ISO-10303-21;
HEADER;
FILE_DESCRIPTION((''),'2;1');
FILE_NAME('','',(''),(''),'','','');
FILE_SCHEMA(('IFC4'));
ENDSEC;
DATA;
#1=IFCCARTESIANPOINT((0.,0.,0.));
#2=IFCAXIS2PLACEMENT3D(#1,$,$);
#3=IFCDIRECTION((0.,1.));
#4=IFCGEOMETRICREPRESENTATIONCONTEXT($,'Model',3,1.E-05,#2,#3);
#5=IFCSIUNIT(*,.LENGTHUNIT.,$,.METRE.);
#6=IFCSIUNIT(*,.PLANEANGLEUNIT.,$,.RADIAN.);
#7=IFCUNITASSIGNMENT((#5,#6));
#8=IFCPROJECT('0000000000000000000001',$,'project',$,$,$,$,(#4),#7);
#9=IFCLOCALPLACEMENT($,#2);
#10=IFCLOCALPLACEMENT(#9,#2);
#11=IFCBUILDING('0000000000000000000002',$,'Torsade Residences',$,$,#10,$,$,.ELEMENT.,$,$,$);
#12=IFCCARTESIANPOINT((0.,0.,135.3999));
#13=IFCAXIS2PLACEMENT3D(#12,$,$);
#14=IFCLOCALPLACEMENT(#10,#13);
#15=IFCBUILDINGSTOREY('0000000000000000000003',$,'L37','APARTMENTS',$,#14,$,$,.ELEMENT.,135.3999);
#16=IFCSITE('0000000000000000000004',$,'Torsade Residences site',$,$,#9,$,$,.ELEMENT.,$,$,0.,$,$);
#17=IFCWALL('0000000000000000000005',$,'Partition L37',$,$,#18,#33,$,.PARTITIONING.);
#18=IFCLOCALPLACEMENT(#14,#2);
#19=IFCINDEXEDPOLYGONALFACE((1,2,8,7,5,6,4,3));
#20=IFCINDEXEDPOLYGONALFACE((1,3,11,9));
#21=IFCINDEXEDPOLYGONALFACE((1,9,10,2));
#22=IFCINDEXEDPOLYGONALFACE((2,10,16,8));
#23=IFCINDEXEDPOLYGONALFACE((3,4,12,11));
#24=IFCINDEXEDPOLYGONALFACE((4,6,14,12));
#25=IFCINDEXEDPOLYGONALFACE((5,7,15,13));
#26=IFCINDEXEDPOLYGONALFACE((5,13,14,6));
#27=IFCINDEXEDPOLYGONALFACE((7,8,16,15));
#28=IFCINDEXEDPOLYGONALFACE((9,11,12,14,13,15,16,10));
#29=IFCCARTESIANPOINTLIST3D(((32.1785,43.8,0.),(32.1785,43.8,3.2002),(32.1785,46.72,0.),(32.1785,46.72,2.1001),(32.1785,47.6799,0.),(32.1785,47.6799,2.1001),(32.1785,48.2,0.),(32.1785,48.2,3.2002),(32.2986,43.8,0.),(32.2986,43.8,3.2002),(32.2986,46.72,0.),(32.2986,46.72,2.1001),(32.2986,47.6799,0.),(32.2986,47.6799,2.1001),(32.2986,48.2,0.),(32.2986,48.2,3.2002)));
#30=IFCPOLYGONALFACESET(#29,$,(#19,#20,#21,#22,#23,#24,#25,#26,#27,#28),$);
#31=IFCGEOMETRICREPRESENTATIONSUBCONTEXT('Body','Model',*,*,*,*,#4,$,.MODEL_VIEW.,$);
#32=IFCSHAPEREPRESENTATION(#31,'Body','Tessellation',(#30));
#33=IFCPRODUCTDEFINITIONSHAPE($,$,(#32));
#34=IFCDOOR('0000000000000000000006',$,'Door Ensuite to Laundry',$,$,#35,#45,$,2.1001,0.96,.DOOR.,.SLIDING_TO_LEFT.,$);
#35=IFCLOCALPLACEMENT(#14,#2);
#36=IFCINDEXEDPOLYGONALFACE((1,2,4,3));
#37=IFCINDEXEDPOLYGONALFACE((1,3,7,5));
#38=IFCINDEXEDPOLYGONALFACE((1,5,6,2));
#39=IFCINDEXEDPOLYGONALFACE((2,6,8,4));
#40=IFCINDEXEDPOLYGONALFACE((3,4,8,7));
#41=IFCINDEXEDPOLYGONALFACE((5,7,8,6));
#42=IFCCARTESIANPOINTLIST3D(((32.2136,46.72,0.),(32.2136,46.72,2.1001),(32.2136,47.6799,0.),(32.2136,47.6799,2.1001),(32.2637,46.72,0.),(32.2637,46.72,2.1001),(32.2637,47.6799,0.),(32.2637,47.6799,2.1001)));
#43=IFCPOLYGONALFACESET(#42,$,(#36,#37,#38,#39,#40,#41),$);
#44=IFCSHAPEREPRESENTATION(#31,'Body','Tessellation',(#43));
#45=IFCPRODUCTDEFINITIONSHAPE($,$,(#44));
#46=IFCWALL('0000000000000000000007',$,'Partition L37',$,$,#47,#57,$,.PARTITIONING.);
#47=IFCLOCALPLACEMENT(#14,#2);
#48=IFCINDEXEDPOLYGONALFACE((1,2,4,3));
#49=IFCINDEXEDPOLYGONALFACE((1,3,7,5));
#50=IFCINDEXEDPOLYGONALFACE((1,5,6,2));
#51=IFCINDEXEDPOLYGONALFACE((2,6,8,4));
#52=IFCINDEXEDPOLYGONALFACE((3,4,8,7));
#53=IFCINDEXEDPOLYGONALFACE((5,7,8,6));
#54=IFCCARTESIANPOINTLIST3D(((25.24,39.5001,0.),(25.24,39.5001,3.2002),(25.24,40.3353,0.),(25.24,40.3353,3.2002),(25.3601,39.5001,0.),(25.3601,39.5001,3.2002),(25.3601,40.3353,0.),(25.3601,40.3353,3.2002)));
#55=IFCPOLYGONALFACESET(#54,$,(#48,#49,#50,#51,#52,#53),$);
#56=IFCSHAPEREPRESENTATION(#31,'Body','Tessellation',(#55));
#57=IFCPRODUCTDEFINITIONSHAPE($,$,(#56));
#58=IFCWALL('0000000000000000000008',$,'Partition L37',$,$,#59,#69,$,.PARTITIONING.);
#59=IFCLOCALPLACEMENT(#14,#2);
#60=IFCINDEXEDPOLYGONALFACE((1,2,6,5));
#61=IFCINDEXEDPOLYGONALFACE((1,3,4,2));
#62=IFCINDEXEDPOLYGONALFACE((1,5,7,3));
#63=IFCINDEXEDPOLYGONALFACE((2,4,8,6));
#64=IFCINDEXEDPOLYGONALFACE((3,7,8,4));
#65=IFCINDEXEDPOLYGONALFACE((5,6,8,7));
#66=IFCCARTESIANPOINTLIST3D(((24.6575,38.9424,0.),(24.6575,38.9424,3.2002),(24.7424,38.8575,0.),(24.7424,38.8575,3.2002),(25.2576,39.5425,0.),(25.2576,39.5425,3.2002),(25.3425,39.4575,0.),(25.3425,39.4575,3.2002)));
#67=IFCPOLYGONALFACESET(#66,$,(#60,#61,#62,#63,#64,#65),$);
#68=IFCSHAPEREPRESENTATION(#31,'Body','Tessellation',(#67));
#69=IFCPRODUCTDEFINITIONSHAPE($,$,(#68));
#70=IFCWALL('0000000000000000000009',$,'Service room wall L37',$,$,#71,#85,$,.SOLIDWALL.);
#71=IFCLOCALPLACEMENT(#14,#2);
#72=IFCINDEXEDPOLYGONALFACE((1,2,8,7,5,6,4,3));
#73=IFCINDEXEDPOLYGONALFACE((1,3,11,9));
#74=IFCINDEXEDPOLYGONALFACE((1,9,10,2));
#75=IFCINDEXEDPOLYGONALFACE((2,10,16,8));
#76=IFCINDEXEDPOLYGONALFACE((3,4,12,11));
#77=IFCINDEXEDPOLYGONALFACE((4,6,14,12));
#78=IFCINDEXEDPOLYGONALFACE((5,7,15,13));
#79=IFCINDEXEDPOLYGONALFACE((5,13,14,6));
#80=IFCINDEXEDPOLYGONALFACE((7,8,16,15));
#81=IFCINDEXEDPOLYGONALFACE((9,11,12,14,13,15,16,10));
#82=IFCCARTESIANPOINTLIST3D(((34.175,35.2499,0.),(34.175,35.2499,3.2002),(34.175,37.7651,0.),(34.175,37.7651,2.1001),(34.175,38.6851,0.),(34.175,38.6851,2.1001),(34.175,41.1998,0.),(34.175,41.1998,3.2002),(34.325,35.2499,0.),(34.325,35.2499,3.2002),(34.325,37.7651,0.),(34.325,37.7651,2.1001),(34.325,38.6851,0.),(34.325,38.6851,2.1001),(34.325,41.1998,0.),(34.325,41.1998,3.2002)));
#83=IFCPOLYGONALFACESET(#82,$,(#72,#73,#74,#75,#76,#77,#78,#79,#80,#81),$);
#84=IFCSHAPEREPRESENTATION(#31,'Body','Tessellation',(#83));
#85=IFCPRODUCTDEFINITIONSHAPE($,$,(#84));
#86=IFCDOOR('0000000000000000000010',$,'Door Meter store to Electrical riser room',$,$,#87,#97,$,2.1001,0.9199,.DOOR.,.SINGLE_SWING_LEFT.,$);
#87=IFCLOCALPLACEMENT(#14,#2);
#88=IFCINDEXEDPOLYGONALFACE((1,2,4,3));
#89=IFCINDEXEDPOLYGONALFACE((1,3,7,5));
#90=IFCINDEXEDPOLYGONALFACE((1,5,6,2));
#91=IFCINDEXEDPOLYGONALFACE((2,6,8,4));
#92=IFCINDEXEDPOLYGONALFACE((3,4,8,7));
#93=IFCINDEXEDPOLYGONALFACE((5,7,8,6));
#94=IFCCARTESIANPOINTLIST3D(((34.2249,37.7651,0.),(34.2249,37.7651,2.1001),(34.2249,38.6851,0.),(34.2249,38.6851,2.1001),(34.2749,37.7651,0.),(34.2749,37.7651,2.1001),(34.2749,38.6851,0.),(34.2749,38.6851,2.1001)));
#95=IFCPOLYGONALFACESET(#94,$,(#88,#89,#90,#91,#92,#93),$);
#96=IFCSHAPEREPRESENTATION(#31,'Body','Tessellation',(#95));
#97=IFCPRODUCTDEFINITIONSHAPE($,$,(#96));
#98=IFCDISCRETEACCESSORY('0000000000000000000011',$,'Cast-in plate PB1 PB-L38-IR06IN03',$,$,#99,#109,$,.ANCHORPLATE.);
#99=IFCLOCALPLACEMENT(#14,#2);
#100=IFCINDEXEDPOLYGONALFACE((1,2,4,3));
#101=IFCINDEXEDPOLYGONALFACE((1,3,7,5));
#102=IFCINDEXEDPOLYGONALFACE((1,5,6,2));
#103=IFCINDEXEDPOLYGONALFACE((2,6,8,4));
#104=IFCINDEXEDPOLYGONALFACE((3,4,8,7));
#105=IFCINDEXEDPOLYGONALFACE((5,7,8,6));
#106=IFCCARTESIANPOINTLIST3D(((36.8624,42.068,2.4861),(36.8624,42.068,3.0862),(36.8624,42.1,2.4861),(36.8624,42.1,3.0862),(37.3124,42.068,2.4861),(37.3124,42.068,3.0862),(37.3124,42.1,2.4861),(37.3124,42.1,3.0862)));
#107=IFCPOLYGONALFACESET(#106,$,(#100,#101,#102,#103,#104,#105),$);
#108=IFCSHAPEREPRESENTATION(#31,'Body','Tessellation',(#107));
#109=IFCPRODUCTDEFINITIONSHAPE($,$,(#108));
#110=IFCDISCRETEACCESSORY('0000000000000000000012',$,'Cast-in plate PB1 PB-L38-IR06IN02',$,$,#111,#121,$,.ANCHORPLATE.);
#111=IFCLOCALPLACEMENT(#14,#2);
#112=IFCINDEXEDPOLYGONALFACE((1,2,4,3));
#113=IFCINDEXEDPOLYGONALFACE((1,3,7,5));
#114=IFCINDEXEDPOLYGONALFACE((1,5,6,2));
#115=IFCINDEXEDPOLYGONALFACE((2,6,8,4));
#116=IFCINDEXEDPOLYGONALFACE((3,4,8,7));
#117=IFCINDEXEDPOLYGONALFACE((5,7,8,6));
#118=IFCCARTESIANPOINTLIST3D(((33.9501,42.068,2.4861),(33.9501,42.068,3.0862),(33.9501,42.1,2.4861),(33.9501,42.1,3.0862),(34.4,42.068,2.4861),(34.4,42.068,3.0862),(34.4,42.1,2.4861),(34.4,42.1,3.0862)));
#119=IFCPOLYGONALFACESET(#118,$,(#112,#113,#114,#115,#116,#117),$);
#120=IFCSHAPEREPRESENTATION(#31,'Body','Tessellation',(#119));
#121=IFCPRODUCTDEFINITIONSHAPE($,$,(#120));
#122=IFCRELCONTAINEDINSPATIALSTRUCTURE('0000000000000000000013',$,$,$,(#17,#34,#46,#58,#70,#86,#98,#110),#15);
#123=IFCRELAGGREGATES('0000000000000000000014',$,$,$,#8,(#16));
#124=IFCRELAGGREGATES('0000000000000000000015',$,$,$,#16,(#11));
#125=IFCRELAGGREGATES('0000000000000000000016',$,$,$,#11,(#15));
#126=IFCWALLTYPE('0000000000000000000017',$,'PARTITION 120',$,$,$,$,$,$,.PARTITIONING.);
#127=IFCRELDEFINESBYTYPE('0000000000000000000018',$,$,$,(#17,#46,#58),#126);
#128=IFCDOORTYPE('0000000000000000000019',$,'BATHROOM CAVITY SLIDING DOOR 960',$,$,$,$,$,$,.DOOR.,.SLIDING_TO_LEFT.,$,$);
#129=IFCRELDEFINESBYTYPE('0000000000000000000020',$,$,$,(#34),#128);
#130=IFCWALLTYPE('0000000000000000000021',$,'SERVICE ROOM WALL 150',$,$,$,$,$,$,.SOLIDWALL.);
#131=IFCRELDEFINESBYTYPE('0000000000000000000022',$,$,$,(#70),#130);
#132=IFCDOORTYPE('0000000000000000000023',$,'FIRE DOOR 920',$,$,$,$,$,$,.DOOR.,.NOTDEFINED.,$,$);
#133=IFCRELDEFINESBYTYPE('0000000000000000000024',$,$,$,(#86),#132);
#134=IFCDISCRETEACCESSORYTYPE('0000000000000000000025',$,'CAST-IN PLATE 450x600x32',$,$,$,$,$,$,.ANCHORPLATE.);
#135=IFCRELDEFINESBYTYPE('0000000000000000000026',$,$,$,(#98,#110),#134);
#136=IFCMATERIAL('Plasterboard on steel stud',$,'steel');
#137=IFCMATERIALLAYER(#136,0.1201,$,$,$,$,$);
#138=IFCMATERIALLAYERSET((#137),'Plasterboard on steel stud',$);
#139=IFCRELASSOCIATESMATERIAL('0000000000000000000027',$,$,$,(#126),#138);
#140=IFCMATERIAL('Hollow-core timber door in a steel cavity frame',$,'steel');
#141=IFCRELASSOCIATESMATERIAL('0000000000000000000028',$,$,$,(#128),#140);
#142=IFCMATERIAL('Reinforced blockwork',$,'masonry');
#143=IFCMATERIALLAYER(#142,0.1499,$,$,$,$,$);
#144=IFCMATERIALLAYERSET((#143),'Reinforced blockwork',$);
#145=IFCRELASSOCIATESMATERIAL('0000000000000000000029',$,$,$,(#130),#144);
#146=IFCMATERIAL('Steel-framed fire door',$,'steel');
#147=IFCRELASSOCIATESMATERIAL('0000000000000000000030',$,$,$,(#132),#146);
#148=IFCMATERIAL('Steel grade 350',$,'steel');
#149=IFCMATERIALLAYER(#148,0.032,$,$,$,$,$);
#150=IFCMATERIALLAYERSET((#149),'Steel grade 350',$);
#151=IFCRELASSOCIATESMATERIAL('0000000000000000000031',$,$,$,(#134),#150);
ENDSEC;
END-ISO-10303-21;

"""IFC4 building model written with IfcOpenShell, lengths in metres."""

from ifc_helpers import new_model, si_unit, direction, frame, frame_2d, origin, origin_2d, place, context, subcontext, project, spatial, rectangle, extrude, material, layer, layer_set, type_object, element, fill, save


model = new_model("IFC4")

# Units and contexts
model_context = context("Model", 3, precision=1e-05, world=origin(), true_north=direction((0.0, 1.0)))
body_context = subcontext(model_context, "Body", "Model", "MODEL_VIEW")
ifc_project = project(units=[si_unit("LENGTHUNIT", "METRE"), si_unit("PLANEANGLEUNIT", "RADIAN")], contexts=[model_context])

# Site, building, storey
site_placement = place(None, origin())
site = spatial("IfcSite", under=ifc_project, at=site_placement, Name="Torsade Residences site", CompositionType="ELEMENT", RefElevation=0.0)
building_placement = place(site_placement, origin())
building = spatial("IfcBuilding", under=site, at=building_placement, Name="Torsade Residences", CompositionType="ELEMENT")
storey_placement = place(building_placement, frame((0.0, 0.0, 135.3999)))
storey = spatial("IfcBuildingStorey", under=building, at=storey_placement, Name="L37", Description="APARTMENTS", CompositionType="ELEMENT", Elevation=135.3999)

# Wall, opening, door
ifc_material_1 = material(Name="Plasterboard on steel stud", Category="steel")
ifc_layer_1 = layer(ifc_material_1, 0.1201)
ifc_layer_set_1 = layer_set([ifc_layer_1], Name="Plasterboard on steel stud")
wall_type_1 = type_object("IfcWallType", Name="PARTITION 120", PredefinedType="PARTITIONING", material=ifc_layer_set_1)
ifc_material_2 = material(Name="Hollow-core timber door in a steel cavity frame", Category="steel")
door_type_1 = type_object("IfcDoorType", Name="BATHROOM CAVITY SLIDING DOOR 960", OperationType="SLIDING_TO_LEFT", PredefinedType="DOOR", material=ifc_material_2)
wall_1_placement = place(storey_placement, frame((32.2385, 43.8, 0.0), z_axis=(0.0, 0.0, 1.0), x_axis=(0.0, 1.0, 0.0)))
wall_1 = element("IfcWall", 1, at=wall_1_placement, inside=storey, type_object=wall_type_1, Name="Partition L37", PredefinedType="PARTITIONING", context=body_context, shape_type="SweptSolid", body=[
    extrude(rectangle(XDim=4.3999, YDim=0.1201, at=frame_2d((2.2, 0.0))), origin(), (0.0, 0.0, 1.0), 3.2002),
])
opening_1_placement = place(wall_1_placement, frame((2.9199, 0.0, 0.0)))
opening_1 = element("IfcOpeningElement", 2, at=opening_1_placement, cuts=wall_1, PredefinedType="OPENING", context=body_context, shape_type="SweptSolid", body=[
    extrude(rectangle(XDim=0.96, YDim=2.1001, at=frame_2d((0.48, 1.05))), frame((0.0, 0.0701, 0.0), z_axis=(0.0, -1.0, 0.0), x_axis=(1.0, 0.0, 0.0)), (0.0, 0.0, 1.0), 0.1401),
])
door_1_placement = place(opening_1_placement, origin())
door_1 = element("IfcDoor", 3, at=door_1_placement, inside=storey, type_object=door_type_1, Name="Door Ensuite to Laundry", OperationType="SLIDING_TO_LEFT", OverallHeight=2.1001, OverallWidth=0.96, PredefinedType="DOOR", context=body_context, shape_type="SweptSolid", body=[
    extrude(rectangle(XDim=0.96, YDim=2.1001, at=frame_2d((0.48, 1.05))), frame((0.0, 0.0249, 0.0), z_axis=(0.0, -1.0, 0.0), x_axis=(1.0, 0.0, 0.0)), (0.0, 0.0, 1.0), 0.05),
])
fill(opening_1, door_1)

# Walls
wall_2_placement = place(storey_placement, frame((25.3, 40.3352, 0.0), z_axis=(0.0, 0.0, 1.0), x_axis=(0.0, -1.0, 0.0)))
element("IfcWall", 4, at=wall_2_placement, inside=storey, type_object=wall_type_1, Name="Partition L37", PredefinedType="PARTITIONING", context=body_context, shape_type="SweptSolid", body=[
    extrude(rectangle(XDim=0.8352, YDim=0.1201, at=frame_2d((0.4175, 0.0))), origin(), (0.0, 0.0, 1.0), 3.2002),
])
wall_3_placement = place(storey_placement, frame((25.3, 39.5, 0.0), z_axis=(0.0, 0.0, 1.0), x_axis=(-0.707107, -0.707107, 0.0)))
element("IfcWall", 5, at=wall_3_placement, inside=storey, type_object=wall_type_1, Name="Partition L37", PredefinedType="PARTITIONING", context=body_context, shape_type="SweptSolid", body=[
    extrude(rectangle(XDim=0.8486, YDim=0.1201, at=frame_2d((0.4243, 0.0))), origin(), (0.0, 0.0, 1.0), 3.2002),
])

# Wall, opening, door
ifc_material_3 = material(Name="Reinforced blockwork", Category="masonry")
ifc_layer_2 = layer(ifc_material_3, 0.1499)
ifc_layer_set_2 = layer_set([ifc_layer_2], Name="Reinforced blockwork")
wall_type_2 = type_object("IfcWallType", Name="SERVICE ROOM WALL 150", PredefinedType="SOLIDWALL", material=ifc_layer_set_2)
wall_4_placement = place(storey_placement, frame((34.25, 41.2, 0.0), z_axis=(0.0, 0.0, 1.0), x_axis=(0.0, -1.0, 0.0)))
wall_4 = element("IfcWall", 6, at=wall_4_placement, inside=storey, type_object=wall_type_2, Name="Service room wall L37", PredefinedType="SOLIDWALL", context=body_context, shape_type="SweptSolid", body=[
    extrude(rectangle(XDim=5.95, YDim=0.1499, at=frame_2d((2.9751, 0.0))), origin(), (0.0, 0.0, 1.0), 3.2002),
])
opening_2_placement = place(wall_4_placement, frame((2.5149, 0.0, 0.0)))
opening_2 = element("IfcOpeningElement", 7, at=opening_2_placement, cuts=wall_4, PredefinedType="OPENING", context=body_context, shape_type="SweptSolid", body=[
    extrude(rectangle(XDim=0.9199, YDim=2.1001, at=frame_2d((0.46, 1.05))), frame((0.0, 0.085, 0.0), z_axis=(0.0, -1.0, 0.0), x_axis=(1.0, 0.0, 0.0)), (0.0, 0.0, 1.0), 0.1699),
])
ifc_material_4 = material(Name="Steel-framed fire door", Category="steel")
door_type_2 = type_object("IfcDoorType", Name="FIRE DOOR 920", OperationType="NOTDEFINED", PredefinedType="DOOR", material=ifc_material_4)
door_2_placement = place(opening_2_placement, origin())
door_2 = element("IfcDoor", 8, at=door_2_placement, inside=storey, type_object=door_type_2, Name="Door Meter store to Electrical riser room", OperationType="SINGLE_SWING_LEFT", OverallHeight=2.1001, OverallWidth=0.9199, PredefinedType="DOOR", context=body_context, shape_type="SweptSolid", body=[
    extrude(rectangle(XDim=0.9199, YDim=2.1001, at=frame_2d((0.46, 1.05))), frame((0.0, 0.0249, 0.0), z_axis=(0.0, -1.0, 0.0), x_axis=(1.0, 0.0, 0.0)), (0.0, 0.0, 1.0), 0.05),
])
fill(opening_2, door_2)

# Discrete accessories
ifc_material_5 = material(Name="Steel grade 350", Category="steel")
ifc_layer_3 = layer(ifc_material_5, 0.032)
ifc_layer_set_3 = layer_set([ifc_layer_3], Name="Steel grade 350")
discrete_accessory_type = type_object("IfcDiscreteAccessoryType", Name="CAST-IN PLATE 450x600x32", PredefinedType="ANCHORPLATE", material=ifc_layer_set_3)
for number, where, z_axis, x_axis, name in (
    (9, (37.0874, 42.084, 2.4861), (0.0, 0.0, 1.0), (1.0, 0.0, 0.0), "Cast-in plate PB1 PB-L38-IR06IN03"),
    (10, (34.175, 42.084, 2.4861), (0.0, 0.0, 1.0), (1.0, 0.0, 0.0), "Cast-in plate PB1 PB-L38-IR06IN02"),
):
    element("IfcDiscreteAccessory", number, at=place(storey_placement, frame(where, z_axis=z_axis, x_axis=x_axis)), inside=storey, type_object=discrete_accessory_type, Name=name, PredefinedType="ANCHORPLATE", context=body_context, shape_type="SweptSolid", body=[
        extrude(rectangle(XDim=0.45, YDim=0.032, at=origin_2d()), origin(), (0.0, 0.0, 1.0), 0.6001),
    ])

save(model, "model.ifc")
